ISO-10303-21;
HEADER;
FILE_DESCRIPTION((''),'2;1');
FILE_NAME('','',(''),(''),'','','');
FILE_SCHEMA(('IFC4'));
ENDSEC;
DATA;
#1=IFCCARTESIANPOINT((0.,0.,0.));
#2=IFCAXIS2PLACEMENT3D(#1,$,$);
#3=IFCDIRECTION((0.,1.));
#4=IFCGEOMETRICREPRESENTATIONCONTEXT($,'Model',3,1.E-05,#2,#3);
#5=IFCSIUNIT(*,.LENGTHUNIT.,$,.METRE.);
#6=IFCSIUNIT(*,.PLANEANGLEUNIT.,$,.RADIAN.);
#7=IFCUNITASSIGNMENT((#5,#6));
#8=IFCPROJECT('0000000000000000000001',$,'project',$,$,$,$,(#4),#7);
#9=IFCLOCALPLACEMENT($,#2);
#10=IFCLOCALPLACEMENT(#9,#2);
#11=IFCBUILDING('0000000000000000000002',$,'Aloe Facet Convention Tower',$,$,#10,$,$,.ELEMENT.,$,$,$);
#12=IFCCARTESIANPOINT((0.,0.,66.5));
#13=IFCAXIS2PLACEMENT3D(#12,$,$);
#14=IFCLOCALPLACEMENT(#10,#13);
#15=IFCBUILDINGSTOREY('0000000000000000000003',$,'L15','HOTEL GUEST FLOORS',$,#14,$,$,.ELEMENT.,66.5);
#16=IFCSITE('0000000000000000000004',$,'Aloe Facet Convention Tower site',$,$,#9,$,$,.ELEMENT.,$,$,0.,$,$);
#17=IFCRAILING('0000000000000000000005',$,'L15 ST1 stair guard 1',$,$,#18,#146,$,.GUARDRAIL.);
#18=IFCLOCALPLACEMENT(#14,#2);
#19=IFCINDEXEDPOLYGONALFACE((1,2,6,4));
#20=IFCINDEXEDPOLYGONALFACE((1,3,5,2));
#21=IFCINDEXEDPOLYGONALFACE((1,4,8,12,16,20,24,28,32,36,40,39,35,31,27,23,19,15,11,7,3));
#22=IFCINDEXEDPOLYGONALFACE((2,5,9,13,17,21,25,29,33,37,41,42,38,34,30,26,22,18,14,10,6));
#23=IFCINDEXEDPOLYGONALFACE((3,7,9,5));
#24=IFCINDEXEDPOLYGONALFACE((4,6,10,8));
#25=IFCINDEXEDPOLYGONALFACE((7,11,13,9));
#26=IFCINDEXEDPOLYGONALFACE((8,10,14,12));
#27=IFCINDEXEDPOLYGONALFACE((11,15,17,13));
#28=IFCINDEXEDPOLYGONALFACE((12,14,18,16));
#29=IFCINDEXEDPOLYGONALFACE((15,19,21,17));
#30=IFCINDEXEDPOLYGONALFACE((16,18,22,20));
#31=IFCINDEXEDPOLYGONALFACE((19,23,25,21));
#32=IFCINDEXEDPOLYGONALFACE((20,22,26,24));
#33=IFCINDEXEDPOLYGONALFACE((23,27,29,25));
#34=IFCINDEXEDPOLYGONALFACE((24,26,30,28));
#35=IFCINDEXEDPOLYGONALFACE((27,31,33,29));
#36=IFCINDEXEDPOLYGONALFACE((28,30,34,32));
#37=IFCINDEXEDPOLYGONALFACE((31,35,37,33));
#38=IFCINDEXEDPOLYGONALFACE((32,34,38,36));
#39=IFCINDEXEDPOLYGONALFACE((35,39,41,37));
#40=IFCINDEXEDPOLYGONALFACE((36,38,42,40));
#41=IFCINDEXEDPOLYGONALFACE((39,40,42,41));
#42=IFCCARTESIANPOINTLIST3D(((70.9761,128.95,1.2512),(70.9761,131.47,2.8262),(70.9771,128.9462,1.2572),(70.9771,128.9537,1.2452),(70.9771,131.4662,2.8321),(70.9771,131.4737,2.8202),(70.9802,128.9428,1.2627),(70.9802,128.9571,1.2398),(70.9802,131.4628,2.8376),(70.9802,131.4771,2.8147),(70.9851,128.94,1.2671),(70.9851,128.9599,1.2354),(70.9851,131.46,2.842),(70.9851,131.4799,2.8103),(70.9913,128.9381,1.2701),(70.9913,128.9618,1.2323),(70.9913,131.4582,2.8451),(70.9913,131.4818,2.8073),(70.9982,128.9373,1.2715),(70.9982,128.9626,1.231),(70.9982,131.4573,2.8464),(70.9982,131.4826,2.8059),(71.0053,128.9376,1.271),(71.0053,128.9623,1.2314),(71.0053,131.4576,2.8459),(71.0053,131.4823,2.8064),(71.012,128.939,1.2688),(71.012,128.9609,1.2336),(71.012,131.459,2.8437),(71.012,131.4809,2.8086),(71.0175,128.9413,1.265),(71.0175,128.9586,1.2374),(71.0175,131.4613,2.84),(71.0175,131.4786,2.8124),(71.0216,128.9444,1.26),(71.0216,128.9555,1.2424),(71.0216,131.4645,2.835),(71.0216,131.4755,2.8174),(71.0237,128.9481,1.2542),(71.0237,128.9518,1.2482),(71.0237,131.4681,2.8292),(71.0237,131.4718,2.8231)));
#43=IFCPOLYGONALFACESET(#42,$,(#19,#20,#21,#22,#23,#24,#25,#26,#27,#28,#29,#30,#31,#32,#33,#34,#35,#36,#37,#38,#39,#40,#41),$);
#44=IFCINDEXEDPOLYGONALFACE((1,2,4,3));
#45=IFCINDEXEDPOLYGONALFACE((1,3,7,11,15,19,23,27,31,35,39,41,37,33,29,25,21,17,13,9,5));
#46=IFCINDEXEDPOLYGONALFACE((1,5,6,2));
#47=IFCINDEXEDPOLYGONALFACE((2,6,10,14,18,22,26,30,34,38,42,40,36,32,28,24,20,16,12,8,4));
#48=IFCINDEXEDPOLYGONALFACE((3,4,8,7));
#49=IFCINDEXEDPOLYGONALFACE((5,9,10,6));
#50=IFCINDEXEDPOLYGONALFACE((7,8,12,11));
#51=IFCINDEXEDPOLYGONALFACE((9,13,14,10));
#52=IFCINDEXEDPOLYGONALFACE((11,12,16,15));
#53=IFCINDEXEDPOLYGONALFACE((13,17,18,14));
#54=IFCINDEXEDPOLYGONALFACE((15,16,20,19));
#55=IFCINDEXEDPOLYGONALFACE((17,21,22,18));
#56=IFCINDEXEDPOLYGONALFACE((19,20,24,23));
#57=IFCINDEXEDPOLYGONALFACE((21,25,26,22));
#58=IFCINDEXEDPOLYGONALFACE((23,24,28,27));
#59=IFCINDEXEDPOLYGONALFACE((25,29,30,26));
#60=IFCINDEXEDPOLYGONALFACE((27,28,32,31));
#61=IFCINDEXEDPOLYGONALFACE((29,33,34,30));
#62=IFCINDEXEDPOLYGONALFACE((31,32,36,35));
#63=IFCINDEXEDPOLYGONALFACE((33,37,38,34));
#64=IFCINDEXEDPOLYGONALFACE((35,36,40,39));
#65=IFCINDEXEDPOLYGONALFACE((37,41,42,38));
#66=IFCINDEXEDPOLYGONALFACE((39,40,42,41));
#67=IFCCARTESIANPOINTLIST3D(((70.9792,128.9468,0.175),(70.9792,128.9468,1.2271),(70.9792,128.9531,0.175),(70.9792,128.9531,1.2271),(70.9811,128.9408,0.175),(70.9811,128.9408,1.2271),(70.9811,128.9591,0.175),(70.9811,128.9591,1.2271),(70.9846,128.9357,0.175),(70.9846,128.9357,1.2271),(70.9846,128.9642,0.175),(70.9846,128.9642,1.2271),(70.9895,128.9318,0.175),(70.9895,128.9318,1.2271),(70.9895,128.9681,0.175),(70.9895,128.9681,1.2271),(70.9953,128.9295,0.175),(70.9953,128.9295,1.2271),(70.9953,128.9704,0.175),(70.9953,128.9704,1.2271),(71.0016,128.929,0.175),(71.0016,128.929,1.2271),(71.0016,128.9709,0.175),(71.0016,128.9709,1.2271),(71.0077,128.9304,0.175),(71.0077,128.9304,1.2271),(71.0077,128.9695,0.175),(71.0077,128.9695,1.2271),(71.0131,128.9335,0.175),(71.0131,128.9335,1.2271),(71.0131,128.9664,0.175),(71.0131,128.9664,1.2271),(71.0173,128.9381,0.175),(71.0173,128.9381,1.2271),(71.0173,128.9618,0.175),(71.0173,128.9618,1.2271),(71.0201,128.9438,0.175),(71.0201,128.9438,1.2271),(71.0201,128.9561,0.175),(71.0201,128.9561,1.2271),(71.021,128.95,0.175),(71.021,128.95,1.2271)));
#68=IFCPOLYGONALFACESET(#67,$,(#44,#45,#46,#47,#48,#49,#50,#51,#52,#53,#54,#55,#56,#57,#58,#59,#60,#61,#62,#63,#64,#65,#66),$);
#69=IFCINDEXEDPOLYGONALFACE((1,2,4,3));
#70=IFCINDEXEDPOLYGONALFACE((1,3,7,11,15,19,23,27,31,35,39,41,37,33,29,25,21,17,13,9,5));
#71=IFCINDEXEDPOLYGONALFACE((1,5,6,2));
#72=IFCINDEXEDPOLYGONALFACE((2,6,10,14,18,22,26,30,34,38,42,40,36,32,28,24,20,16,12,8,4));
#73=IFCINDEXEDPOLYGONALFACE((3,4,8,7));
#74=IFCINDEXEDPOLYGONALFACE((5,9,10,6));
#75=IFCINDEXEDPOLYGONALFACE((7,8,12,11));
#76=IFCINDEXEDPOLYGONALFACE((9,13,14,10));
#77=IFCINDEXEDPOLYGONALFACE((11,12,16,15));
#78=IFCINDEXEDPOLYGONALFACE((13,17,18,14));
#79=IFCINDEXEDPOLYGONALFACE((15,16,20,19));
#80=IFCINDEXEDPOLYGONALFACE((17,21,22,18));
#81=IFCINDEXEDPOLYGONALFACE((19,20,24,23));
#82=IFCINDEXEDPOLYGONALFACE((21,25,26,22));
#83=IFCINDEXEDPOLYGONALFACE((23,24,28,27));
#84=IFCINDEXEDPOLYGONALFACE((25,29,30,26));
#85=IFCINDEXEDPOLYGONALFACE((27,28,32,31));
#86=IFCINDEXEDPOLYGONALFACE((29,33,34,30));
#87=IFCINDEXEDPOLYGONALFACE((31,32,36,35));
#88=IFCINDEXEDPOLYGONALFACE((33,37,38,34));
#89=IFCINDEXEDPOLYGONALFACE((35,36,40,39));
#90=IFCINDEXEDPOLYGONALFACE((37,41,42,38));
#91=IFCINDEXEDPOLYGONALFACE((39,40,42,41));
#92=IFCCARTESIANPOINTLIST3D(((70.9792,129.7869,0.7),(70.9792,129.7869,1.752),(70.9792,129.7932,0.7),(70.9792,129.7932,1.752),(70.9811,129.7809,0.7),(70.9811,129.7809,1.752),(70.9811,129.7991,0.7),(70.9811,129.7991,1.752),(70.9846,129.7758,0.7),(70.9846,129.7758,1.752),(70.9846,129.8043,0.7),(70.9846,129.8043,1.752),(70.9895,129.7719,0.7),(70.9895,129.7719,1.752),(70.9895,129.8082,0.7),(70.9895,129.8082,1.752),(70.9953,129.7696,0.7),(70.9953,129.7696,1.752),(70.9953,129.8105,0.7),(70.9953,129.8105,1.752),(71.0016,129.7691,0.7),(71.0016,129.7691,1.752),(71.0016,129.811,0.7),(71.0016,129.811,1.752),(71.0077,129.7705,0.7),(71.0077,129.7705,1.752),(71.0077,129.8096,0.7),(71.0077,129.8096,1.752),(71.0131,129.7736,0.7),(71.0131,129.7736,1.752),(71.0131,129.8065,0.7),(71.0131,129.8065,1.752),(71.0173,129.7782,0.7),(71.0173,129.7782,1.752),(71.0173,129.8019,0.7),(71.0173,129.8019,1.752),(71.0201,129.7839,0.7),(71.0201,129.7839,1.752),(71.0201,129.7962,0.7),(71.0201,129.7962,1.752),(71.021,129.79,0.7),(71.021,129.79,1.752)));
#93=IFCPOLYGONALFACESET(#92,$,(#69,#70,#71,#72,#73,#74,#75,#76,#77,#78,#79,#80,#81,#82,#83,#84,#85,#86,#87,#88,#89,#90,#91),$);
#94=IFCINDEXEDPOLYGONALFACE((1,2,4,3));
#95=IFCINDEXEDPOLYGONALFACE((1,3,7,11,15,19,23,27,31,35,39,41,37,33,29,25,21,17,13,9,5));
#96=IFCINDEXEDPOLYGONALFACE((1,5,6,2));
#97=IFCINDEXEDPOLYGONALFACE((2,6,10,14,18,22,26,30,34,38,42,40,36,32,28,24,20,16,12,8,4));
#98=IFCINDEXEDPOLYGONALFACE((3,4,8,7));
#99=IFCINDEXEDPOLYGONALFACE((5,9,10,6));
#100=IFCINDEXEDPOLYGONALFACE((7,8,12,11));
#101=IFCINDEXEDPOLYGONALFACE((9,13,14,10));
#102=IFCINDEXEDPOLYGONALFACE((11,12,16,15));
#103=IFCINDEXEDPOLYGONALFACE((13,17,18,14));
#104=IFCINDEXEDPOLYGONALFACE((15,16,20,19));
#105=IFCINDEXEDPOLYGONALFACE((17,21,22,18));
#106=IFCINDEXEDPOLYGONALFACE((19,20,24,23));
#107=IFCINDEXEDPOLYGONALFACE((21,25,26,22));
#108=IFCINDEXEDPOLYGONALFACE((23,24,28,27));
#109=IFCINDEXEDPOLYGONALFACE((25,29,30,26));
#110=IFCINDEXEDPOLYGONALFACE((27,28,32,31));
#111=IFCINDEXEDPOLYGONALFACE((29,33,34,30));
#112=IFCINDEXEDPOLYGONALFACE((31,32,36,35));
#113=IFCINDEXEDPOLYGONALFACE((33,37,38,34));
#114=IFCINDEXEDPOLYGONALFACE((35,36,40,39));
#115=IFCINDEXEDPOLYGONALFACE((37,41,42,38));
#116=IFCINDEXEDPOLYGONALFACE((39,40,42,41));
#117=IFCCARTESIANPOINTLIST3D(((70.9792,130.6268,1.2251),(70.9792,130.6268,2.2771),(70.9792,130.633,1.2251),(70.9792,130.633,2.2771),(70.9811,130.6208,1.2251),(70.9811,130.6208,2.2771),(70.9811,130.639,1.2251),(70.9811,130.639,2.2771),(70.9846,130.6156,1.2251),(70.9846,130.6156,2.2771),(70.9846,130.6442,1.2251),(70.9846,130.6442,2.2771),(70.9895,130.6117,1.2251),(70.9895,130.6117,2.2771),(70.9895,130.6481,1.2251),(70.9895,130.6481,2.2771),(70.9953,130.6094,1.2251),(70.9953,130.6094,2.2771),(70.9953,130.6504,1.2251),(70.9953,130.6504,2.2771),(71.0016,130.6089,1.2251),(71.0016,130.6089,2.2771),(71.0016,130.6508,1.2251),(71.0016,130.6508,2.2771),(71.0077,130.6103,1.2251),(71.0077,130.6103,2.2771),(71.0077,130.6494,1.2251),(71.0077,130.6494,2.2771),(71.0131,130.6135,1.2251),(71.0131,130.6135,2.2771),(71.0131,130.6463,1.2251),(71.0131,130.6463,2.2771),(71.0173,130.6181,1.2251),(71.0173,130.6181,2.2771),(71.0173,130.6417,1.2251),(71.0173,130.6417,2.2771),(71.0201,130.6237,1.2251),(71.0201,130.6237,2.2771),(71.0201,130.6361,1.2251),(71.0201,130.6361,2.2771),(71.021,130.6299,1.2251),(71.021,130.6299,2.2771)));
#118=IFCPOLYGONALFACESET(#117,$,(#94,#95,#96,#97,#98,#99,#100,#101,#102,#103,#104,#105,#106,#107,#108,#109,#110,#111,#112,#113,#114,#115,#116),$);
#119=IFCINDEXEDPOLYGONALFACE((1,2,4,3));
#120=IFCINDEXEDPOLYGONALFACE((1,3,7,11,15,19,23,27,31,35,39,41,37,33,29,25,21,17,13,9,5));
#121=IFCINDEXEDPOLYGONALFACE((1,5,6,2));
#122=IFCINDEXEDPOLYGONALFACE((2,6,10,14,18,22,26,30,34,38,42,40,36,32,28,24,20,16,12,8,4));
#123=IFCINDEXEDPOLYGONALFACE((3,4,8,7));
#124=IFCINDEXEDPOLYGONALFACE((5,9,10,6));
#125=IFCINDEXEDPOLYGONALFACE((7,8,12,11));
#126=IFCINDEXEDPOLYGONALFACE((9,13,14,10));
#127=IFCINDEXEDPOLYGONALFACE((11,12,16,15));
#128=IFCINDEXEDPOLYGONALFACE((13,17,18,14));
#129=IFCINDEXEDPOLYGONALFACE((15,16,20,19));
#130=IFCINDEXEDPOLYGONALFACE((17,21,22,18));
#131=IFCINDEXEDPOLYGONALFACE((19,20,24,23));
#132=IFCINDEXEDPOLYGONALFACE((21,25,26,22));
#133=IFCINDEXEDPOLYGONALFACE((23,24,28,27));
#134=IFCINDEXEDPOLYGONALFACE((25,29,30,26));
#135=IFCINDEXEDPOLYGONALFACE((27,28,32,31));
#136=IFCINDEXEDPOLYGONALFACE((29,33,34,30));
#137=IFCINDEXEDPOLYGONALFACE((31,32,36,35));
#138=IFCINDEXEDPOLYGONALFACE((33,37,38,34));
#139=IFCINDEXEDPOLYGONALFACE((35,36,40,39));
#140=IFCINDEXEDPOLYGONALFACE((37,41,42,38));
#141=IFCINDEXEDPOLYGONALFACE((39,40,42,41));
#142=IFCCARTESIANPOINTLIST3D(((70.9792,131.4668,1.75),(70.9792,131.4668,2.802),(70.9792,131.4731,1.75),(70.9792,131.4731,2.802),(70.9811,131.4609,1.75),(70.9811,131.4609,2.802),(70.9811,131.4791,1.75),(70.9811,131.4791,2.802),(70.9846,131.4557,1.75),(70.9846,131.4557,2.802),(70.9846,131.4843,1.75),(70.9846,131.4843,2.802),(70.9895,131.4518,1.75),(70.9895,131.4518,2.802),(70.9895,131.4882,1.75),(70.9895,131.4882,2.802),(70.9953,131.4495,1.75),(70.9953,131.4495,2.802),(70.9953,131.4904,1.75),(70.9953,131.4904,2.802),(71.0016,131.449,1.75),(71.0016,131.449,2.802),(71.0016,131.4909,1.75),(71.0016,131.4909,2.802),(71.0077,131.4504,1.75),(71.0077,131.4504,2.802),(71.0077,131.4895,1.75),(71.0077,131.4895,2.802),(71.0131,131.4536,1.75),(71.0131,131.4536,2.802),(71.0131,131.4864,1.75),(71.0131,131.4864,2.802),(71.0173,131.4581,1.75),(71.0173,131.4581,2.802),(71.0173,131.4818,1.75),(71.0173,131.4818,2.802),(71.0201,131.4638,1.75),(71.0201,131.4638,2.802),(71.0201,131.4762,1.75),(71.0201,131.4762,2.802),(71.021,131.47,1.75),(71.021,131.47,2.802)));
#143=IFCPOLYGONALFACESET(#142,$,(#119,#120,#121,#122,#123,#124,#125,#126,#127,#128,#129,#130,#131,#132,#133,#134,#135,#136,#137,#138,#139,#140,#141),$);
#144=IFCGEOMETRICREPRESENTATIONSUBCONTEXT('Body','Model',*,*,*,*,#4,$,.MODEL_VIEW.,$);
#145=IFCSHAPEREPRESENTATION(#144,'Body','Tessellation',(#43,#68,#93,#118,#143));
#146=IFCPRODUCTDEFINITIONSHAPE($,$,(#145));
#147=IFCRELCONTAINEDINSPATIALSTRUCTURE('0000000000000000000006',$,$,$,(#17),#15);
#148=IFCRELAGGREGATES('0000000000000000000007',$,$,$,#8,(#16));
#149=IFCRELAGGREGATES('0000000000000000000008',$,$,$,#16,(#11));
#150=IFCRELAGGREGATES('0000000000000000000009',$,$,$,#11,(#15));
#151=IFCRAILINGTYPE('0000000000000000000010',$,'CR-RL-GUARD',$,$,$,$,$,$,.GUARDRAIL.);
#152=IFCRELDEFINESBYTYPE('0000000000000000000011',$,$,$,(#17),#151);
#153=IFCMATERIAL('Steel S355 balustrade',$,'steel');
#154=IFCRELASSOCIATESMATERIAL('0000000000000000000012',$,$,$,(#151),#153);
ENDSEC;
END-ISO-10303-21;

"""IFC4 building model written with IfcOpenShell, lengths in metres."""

from ifc_helpers import new_model, si_unit, direction, frame, origin, origin_2d, place, context, subcontext, project, spatial, circle, extrude, material, type_object, element, save


model = new_model("IFC4")

# Units and contexts
model_context = context("Model", 3, precision=1e-05, world=origin(), true_north=direction((0.0, 1.0)))
body_context = subcontext(model_context, "Body", "Model", "MODEL_VIEW")
ifc_project = project(units=[si_unit("LENGTHUNIT", "METRE"), si_unit("PLANEANGLEUNIT", "RADIAN")], contexts=[model_context])

# Site, building, storey
site_placement = place(None, origin())
site = spatial("IfcSite", under=ifc_project, at=site_placement, Name="Aloe Facet Convention Tower site", CompositionType="ELEMENT", RefElevation=0.0)
building_placement = place(site_placement, origin())
building = spatial("IfcBuilding", under=site, at=building_placement, Name="Aloe Facet Convention Tower", CompositionType="ELEMENT")
storey_placement = place(building_placement, frame((0.0, 0.0, 66.5)))
storey = spatial("IfcBuildingStorey", under=building, at=storey_placement, Name="L15", Description="HOTEL GUEST FLOORS", CompositionType="ELEMENT", Elevation=66.5)

# Railing
ifc_material_1 = material(Name="Steel S355 balustrade", Category="steel")
railing_type_1 = type_object("IfcRailingType", Name="CR-RL-GUARD", PredefinedType="GUARDRAIL", material=ifc_material_1)
railing_1_placement = place(storey_placement, frame((71.0, 128.95, 0.175)))
element("IfcRailing", 1, at=railing_1_placement, inside=storey, type_object=railing_type_1, Name="L15 ST1 stair guard 1", PredefinedType="GUARDRAIL", context=body_context, shape_type="SweptSolid", body=[
    extrude(circle(Radius=0.0239, at=origin_2d()), frame((0.0, 0.0, 1.0762), z_axis=(0.0, 0.848008, 0.529984), x_axis=(-1.0, 0.0, 0.0)), (0.0, 0.0, 1.0), 2.9717),
    extrude(circle(Radius=0.021, at=origin_2d()), origin(), (0.0, 0.0, 1.0), 1.052),
    extrude(circle(Radius=0.021, at=origin_2d()), frame((0.0, 0.8401, 0.5249)), (0.0, 0.0, 1.0), 1.052),
    extrude(circle(Radius=0.021, at=origin_2d()), frame((0.0, 1.6799, 1.05)), (0.0, 0.0, 1.0), 1.052),
    extrude(circle(Radius=0.021, at=origin_2d()), frame((0.0, 2.52, 1.575)), (0.0, 0.0, 1.0), 1.052),
])

save(model, "model.ifc")
